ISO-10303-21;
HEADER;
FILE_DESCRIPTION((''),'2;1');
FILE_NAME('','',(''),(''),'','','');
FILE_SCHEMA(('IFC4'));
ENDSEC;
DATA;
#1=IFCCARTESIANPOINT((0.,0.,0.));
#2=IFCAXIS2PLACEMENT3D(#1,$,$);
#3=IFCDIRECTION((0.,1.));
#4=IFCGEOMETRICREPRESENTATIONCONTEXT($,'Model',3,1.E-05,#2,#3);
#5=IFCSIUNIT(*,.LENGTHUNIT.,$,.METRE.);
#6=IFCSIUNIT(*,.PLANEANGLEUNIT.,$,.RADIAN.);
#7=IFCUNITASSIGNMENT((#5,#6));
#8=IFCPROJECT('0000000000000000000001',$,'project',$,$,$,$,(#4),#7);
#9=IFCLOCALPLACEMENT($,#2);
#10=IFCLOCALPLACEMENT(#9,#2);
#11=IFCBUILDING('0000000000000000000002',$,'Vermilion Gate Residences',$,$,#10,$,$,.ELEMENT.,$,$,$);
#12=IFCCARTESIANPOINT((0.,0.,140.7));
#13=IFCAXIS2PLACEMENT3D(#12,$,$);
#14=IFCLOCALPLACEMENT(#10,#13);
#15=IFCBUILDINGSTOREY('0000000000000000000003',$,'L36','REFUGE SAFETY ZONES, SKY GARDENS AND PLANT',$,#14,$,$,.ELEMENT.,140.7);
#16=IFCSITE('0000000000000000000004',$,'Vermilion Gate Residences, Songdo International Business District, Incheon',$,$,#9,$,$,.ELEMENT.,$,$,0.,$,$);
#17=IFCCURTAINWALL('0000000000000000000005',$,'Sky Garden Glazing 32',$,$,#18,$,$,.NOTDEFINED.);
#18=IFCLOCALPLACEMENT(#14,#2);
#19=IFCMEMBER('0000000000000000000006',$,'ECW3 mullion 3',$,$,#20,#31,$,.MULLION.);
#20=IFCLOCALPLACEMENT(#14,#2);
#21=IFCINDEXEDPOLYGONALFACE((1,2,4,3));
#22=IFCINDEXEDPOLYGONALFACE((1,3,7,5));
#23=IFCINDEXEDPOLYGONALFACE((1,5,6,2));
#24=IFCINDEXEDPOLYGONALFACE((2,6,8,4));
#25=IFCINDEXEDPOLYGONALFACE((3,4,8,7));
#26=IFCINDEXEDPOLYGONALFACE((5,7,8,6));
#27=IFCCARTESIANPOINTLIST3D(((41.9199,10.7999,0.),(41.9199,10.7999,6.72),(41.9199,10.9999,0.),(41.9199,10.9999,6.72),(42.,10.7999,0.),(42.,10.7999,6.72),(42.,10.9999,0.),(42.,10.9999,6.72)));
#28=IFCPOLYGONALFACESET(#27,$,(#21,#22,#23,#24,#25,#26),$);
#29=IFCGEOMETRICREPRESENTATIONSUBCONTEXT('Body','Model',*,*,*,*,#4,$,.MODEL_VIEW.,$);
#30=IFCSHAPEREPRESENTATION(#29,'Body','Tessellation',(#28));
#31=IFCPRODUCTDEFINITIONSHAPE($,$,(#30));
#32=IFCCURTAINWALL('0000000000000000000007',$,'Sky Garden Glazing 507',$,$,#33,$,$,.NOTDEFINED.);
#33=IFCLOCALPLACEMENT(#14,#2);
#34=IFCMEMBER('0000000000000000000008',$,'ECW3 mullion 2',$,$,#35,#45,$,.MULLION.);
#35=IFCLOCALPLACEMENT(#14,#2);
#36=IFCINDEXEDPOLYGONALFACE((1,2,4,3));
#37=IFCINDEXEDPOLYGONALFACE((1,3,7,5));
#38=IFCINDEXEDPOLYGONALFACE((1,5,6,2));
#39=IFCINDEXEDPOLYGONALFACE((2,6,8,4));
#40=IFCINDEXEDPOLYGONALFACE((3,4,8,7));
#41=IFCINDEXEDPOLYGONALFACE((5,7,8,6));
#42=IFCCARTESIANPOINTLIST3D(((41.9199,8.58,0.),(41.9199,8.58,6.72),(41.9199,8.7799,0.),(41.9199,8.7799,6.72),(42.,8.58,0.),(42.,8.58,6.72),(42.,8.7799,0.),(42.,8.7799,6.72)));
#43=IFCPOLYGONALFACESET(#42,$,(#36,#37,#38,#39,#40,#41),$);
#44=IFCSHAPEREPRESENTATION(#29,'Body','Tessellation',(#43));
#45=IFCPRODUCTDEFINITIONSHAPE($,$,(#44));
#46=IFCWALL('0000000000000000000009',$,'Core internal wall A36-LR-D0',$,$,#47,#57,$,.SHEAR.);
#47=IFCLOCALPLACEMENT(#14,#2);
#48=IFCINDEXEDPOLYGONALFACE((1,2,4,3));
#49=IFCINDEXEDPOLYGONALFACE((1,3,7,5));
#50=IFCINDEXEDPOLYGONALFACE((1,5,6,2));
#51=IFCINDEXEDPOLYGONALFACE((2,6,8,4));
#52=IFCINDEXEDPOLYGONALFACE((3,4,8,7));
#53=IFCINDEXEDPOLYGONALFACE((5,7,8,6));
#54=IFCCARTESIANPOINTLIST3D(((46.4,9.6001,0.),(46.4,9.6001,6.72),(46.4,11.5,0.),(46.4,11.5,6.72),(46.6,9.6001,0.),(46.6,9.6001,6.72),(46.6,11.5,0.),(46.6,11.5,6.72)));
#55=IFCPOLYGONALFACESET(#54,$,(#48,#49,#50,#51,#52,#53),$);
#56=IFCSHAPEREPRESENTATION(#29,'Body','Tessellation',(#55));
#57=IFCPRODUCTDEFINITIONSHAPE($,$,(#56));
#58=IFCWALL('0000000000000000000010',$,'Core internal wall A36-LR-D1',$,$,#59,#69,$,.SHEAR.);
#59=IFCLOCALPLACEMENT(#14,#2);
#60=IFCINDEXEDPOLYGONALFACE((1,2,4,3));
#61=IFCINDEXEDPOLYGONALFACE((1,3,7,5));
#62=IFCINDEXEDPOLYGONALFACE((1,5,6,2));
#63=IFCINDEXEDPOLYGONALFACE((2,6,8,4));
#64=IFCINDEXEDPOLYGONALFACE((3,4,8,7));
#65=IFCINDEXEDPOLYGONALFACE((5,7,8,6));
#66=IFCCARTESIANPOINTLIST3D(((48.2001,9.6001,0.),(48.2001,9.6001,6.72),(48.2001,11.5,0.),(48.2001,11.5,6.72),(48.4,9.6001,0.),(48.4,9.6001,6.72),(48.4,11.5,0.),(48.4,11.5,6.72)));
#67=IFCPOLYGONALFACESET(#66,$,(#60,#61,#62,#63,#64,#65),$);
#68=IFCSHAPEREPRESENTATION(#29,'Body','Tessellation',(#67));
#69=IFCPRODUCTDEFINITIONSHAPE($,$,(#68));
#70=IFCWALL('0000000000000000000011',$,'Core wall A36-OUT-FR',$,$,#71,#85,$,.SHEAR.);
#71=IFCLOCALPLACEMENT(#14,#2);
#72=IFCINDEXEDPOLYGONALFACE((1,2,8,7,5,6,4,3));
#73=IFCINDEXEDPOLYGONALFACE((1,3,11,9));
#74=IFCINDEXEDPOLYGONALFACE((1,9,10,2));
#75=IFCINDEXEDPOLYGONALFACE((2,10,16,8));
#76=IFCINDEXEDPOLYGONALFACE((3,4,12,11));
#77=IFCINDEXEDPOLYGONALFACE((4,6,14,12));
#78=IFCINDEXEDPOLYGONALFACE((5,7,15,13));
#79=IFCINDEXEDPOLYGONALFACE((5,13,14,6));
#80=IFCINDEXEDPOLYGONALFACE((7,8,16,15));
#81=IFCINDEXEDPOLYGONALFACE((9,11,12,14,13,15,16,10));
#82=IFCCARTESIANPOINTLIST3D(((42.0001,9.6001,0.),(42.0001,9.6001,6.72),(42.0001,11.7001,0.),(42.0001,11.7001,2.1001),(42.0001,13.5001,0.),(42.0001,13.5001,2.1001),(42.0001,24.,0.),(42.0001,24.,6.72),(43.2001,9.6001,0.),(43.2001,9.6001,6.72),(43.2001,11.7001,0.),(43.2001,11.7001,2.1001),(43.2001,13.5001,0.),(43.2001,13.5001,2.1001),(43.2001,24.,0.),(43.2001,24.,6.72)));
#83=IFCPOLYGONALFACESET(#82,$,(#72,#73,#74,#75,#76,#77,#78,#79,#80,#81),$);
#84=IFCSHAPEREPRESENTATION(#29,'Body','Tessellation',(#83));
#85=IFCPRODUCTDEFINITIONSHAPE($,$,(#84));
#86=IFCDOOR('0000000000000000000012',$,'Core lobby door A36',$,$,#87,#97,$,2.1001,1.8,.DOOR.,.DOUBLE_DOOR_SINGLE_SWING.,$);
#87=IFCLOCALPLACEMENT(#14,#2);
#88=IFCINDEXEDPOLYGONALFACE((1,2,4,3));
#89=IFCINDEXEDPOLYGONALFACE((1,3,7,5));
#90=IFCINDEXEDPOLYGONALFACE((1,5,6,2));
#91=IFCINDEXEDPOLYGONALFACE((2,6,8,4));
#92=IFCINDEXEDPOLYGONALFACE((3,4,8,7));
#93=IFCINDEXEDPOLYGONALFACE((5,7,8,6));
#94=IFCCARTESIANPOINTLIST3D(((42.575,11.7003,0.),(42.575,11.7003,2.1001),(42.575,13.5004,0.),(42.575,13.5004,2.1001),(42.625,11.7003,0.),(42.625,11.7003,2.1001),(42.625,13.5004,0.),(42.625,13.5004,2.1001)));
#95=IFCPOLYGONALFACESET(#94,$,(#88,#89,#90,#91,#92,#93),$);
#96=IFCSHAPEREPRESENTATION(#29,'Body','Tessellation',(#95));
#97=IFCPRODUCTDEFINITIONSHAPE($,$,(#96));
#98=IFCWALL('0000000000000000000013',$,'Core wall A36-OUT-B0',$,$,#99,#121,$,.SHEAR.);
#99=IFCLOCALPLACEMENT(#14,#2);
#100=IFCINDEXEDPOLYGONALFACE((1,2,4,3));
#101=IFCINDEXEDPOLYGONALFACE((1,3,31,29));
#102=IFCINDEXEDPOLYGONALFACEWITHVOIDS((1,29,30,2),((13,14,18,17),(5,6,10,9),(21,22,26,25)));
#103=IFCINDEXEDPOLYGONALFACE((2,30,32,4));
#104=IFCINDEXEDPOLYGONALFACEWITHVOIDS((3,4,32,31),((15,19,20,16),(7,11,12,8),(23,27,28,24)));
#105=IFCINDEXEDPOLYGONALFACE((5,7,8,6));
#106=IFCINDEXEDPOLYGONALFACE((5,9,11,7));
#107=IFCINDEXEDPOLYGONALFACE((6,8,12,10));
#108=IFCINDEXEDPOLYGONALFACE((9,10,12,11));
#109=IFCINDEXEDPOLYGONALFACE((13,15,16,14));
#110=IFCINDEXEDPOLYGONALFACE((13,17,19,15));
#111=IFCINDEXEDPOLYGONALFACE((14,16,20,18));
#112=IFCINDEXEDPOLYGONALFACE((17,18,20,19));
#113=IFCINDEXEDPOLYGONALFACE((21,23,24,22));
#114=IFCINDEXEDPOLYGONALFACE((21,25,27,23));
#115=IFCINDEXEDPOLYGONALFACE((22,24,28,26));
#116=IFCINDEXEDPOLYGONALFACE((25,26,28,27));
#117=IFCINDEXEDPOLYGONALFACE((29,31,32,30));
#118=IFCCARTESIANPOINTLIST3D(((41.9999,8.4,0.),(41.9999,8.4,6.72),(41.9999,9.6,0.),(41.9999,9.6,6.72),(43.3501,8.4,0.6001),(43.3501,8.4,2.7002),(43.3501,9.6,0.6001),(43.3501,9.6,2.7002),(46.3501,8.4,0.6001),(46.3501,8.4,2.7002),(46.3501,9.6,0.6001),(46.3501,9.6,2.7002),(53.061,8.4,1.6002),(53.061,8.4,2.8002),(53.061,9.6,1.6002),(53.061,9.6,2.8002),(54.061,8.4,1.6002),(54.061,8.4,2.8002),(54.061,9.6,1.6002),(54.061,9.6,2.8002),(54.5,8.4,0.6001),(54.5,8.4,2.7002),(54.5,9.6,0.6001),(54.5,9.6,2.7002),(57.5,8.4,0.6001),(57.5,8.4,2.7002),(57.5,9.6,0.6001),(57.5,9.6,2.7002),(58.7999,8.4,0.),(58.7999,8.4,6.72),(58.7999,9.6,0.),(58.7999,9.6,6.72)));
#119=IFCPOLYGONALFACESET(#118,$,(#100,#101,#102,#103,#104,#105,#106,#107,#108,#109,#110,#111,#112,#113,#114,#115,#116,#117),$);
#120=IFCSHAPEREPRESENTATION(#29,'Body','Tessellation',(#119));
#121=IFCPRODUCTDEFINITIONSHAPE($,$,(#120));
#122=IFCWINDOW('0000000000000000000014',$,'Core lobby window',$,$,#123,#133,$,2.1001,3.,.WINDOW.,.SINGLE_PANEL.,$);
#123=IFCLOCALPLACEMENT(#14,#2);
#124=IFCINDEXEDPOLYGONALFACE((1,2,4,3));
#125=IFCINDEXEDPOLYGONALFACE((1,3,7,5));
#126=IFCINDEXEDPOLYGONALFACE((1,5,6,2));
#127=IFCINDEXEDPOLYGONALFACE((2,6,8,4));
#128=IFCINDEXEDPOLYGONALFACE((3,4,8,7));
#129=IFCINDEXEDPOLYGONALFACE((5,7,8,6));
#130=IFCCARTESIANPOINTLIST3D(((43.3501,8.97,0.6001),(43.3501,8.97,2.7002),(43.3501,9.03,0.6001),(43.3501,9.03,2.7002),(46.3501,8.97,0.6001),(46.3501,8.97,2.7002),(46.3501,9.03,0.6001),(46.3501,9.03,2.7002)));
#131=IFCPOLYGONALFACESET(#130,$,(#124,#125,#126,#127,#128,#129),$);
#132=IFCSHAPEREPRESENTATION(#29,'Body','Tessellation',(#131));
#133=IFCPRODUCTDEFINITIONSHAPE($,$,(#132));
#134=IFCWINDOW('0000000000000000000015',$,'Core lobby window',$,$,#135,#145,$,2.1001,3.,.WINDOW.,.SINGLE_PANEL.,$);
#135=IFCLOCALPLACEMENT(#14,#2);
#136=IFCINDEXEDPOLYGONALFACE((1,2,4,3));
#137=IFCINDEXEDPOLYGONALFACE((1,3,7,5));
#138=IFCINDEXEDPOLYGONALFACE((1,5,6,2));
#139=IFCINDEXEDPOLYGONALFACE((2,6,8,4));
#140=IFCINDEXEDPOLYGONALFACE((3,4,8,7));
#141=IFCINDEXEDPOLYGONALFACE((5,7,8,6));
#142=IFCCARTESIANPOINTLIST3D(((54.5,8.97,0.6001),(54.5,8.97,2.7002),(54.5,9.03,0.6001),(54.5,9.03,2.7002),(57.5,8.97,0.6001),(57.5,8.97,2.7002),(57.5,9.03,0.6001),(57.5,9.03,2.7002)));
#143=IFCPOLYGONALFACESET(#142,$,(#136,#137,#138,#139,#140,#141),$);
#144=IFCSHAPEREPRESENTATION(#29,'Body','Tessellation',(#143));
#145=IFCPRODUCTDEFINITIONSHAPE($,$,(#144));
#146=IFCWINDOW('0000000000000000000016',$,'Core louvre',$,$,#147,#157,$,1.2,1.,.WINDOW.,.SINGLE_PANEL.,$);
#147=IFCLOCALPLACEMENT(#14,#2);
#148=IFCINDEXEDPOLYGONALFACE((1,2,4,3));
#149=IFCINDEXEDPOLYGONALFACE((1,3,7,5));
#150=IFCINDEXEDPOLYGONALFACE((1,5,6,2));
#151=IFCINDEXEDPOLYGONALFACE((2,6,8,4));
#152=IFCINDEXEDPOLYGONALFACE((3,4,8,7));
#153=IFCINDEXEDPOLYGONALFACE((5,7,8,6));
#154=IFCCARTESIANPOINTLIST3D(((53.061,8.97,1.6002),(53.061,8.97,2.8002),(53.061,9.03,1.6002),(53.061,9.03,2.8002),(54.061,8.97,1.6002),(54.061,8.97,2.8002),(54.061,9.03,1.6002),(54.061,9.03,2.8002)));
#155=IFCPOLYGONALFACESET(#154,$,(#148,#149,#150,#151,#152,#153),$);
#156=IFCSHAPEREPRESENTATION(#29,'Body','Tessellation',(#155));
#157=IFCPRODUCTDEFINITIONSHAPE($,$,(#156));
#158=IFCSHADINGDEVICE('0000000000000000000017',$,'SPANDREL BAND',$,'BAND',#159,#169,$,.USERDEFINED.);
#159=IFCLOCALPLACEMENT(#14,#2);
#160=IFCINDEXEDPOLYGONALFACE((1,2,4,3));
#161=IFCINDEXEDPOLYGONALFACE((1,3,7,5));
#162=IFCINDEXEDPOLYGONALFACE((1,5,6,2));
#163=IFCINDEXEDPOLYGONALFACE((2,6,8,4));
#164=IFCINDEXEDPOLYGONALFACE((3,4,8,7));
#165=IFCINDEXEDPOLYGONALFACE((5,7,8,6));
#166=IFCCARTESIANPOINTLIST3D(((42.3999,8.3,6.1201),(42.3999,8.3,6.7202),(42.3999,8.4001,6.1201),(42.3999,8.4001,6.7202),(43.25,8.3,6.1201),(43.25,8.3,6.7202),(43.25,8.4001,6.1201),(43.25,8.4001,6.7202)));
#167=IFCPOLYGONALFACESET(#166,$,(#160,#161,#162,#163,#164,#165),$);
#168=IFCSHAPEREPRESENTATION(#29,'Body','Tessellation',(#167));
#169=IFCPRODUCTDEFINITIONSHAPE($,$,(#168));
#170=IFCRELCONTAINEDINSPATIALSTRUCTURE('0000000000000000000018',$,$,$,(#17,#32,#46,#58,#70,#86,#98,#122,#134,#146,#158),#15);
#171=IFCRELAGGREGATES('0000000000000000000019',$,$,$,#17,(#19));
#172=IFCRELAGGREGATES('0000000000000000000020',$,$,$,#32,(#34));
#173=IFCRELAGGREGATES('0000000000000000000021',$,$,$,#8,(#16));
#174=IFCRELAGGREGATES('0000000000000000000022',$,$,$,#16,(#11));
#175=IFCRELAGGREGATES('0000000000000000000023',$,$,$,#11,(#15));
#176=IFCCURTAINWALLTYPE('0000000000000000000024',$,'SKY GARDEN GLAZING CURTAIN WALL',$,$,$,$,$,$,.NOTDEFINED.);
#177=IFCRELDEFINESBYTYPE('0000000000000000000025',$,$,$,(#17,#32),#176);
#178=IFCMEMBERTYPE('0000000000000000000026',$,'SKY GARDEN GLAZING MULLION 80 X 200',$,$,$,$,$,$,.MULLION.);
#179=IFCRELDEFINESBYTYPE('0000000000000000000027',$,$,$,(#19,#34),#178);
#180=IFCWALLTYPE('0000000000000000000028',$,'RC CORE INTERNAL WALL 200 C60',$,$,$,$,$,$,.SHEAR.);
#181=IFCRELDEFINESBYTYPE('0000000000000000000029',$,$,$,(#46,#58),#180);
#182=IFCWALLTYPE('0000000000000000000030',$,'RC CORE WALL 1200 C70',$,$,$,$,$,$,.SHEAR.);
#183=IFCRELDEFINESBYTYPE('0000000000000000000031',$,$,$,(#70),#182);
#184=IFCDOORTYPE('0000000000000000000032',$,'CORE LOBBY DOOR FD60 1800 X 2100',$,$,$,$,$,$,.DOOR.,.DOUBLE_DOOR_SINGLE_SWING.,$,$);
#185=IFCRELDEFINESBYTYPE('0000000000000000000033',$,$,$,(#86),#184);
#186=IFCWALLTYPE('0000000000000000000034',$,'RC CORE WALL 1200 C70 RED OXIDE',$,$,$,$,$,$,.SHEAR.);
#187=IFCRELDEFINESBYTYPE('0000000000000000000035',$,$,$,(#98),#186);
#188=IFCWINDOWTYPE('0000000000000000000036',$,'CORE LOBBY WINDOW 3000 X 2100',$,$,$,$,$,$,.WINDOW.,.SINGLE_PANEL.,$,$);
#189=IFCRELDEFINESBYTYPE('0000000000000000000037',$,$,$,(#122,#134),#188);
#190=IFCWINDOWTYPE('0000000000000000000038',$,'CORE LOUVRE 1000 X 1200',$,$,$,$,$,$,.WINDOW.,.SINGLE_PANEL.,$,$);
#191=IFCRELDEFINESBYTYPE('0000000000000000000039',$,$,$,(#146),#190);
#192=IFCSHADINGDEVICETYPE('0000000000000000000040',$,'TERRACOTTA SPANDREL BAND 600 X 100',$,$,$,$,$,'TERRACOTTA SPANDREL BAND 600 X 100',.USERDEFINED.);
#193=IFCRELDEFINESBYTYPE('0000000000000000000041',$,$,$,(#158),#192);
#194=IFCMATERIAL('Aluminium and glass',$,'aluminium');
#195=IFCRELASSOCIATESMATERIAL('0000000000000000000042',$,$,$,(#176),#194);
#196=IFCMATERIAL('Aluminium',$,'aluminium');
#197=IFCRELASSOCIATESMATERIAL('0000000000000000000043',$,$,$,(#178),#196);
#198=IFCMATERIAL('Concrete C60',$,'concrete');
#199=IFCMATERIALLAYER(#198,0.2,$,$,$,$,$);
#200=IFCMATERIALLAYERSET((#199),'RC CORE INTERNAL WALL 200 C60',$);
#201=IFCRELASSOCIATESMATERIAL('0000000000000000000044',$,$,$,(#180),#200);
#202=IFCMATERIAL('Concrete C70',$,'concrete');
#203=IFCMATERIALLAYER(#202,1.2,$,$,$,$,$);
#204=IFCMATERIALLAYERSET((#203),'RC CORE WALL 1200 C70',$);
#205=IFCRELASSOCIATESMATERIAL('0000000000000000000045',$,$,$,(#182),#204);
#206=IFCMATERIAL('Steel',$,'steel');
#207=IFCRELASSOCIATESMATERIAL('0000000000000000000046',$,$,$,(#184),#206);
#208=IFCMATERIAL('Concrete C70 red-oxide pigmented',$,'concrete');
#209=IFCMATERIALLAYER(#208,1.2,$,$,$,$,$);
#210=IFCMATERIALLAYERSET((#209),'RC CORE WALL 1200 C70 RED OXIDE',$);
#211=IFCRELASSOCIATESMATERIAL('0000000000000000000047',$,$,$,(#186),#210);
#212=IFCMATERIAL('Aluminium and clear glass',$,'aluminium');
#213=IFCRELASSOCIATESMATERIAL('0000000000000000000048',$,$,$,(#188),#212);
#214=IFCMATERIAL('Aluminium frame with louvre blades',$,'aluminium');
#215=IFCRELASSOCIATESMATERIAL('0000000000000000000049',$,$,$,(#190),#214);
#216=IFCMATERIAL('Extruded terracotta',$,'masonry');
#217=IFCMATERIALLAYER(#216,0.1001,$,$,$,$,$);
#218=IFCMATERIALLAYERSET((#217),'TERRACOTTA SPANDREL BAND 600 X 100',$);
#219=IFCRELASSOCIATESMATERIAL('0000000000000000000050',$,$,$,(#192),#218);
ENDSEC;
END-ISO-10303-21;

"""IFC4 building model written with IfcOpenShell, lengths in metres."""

from ifc_helpers import new_model, si_unit, direction, frame, frame_2d, origin, origin_2d, place, context, subcontext, project, spatial, rectangle, extrude, material, layer, layer_set, material_profile, profile_set, type_object, element, fill, aggregate, save


model = new_model("IFC4")

# Units and contexts
model_context = context("Model", 3, precision=1e-05, world=origin(), true_north=direction((0.0, 1.0)))
body_context = subcontext(model_context, "Body", "Model", "MODEL_VIEW")
ifc_project = project(units=[si_unit("LENGTHUNIT", "METRE"), si_unit("PLANEANGLEUNIT", "RADIAN")], contexts=[model_context])

# Site, building, storey
site_placement = place(None, origin())
site = spatial("IfcSite", under=ifc_project, at=site_placement, Name="Vermilion Gate Residences, Songdo International Business District, Incheon", CompositionType="ELEMENT", RefElevation=0.0)
building_placement = place(site_placement, origin())
building = spatial("IfcBuilding", under=site, at=building_placement, Name="Vermilion Gate Residences", CompositionType="ELEMENT")
storey_placement = place(building_placement, frame((0.0, 0.0, 140.7)))
storey = spatial("IfcBuildingStorey", under=building, at=storey_placement, Name="L36", Description="REFUGE SAFETY ZONES, SKY GARDENS AND PLANT", CompositionType="ELEMENT", Elevation=140.7)

# Curtain walls, members
ifc_material_1 = material(Name="Aluminium and glass", Category="aluminium")
curtain_wall_type = type_object("IfcCurtainWallType", Name="SKY GARDEN GLAZING CURTAIN WALL", PredefinedType="NOTDEFINED", material=ifc_material_1)
curtain_wall_1_placement = place(storey_placement, origin())
curtain_wall_1 = element("IfcCurtainWall", 1, at=curtain_wall_1_placement, inside=storey, type_object=curtain_wall_type, Name="Sky Garden Glazing 32", PredefinedType="NOTDEFINED")
ifc_material_2 = material(Name="Aluminium", Category="aluminium")
ifc_material_profile = material_profile(ifc_material_2, rectangle(XDim=0.2, YDim=0.0801, at=origin_2d()), Name="MULLION 80 X 200")
ifc_profile_set = profile_set([ifc_material_profile], Name="Aluminium")
member_type = type_object("IfcMemberType", Name="SKY GARDEN GLAZING MULLION 80 X 200", PredefinedType="MULLION", material=ifc_profile_set)
member_1_placement = place(storey_placement, frame((41.96, 10.8999, 0.0), z_axis=(0.0, 0.0, 1.0), x_axis=(0.0, 1.0, 0.0)))
member_1 = element("IfcMember", 2, at=member_1_placement, type_object=member_type, Name="ECW3 mullion 3", PredefinedType="MULLION", context=body_context, shape_type="SweptSolid", body=[
    extrude(rectangle(XDim=0.2, YDim=0.0801, at=origin_2d()), origin(), (0.0, 0.0, 1.0), 6.72),
])
aggregate(curtain_wall_1, [member_1])
curtain_wall_2_placement = place(storey_placement, origin())
curtain_wall_2 = element("IfcCurtainWall", 3, at=curtain_wall_2_placement, inside=storey, type_object=curtain_wall_type, Name="Sky Garden Glazing 507", PredefinedType="NOTDEFINED")
member_2_placement = place(storey_placement, frame((41.96, 8.6799, 0.0), z_axis=(0.0, 0.0, 1.0), x_axis=(0.0, 1.0, 0.0)))
member_2 = element("IfcMember", 4, at=member_2_placement, type_object=member_type, Name="ECW3 mullion 2", PredefinedType="MULLION", context=body_context, shape_type="SweptSolid", body=[
    extrude(rectangle(XDim=0.2, YDim=0.0801, at=origin_2d()), origin(), (0.0, 0.0, 1.0), 6.72),
])
aggregate(curtain_wall_2, [member_2])

# Walls
ifc_material_3 = material(Name="Concrete C60", Category="concrete")
ifc_layer_1 = layer(ifc_material_3, 0.2)
ifc_layer_set_1 = layer_set([ifc_layer_1], Name="RC CORE INTERNAL WALL 200 C60")
wall_type_1 = type_object("IfcWallType", Name="RC CORE INTERNAL WALL 200 C60", PredefinedType="SHEAR", material=ifc_layer_set_1)
for number, where, z_axis, x_axis, name in (
    (5, (46.5, 9.6001, 0.0), (0.0, 0.0, 1.0), (0.0, 1.0, 0.0), "Core internal wall A36-LR-D0"),
    (6, (48.3, 9.6001, 0.0), (0.0, 0.0, 1.0), (0.0, 1.0, 0.0), "Core internal wall A36-LR-D1"),
):
    element("IfcWall", number, at=place(storey_placement, frame(where, z_axis=z_axis, x_axis=x_axis)), inside=storey, type_object=wall_type_1, Name=name, PredefinedType="SHEAR", context=body_context, shape_type="SweptSolid", body=[
        extrude(rectangle(XDim=1.8999, YDim=0.2, at=frame_2d((0.95, 0.0))), origin(), (0.0, 0.0, 1.0), 6.72),
    ])

# Wall, opening, door
ifc_material_4 = material(Name="Concrete C70", Category="concrete")
ifc_layer_2 = layer(ifc_material_4, 1.2)
ifc_layer_set_2 = layer_set([ifc_layer_2], Name="RC CORE WALL 1200 C70")
wall_type_2 = type_object("IfcWallType", Name="RC CORE WALL 1200 C70", PredefinedType="SHEAR", material=ifc_layer_set_2)
wall_1_placement = place(storey_placement, frame((42.6001, 9.6001, 0.0), z_axis=(0.0, 0.0, 1.0), x_axis=(0.0, 1.0, 0.0)))
wall_1 = element("IfcWall", 7, at=wall_1_placement, inside=storey, type_object=wall_type_2, Name="Core wall A36-OUT-FR", PredefinedType="SHEAR", context=body_context, shape_type="SweptSolid", body=[
    extrude(rectangle(XDim=14.3999, YDim=1.2, at=frame_2d((7.2, 0.0))), origin(), (0.0, 0.0, 1.0), 6.72),
])
opening_1_placement = place(wall_1_placement, frame((2.1001, 0.0, 0.0)))
opening_1 = element("IfcOpeningElement", 8, at=opening_1_placement, cuts=wall_1, PredefinedType="OPENING", context=body_context, shape_type="SweptSolid", body=[
    extrude(rectangle(XDim=1.8, YDim=2.1001, at=frame_2d((0.8999, 1.05))), frame((0.0, 0.6099, 0.0), z_axis=(0.0, -1.0, 0.0), x_axis=(1.0, 0.0, 0.0)), (0.0, 0.0, 1.0), 1.22),
])
ifc_material_5 = material(Name="Steel", Category="steel")
door_type = type_object("IfcDoorType", Name="CORE LOBBY DOOR FD60 1800 X 2100", OperationType="DOUBLE_DOOR_SINGLE_SWING", PredefinedType="DOOR", material=ifc_material_5)
door_placement = place(opening_1_placement, frame((1.8, 0.0, 0.0), z_axis=(0.0, 0.0, 1.0), x_axis=(-1.0, 0.0, 0.0)))
door = element("IfcDoor", 9, at=door_placement, inside=storey, type_object=door_type, Name="Core lobby door A36", OperationType="DOUBLE_DOOR_SINGLE_SWING", OverallHeight=2.1001, OverallWidth=1.8, PredefinedType="DOOR", context=body_context, shape_type="SweptSolid", body=[
    extrude(rectangle(XDim=1.8, YDim=2.1001, at=frame_2d((0.8999, 1.05))), frame((0.0, 0.0249, 0.0), z_axis=(0.0, -1.0, 0.0), x_axis=(1.0, 0.0, 0.0)), (0.0, 0.0, 1.0), 0.05),
])
fill(opening_1, door)

# Wall, openings, windows
ifc_material_6 = material(Name="Concrete C70 red-oxide pigmented", Category="concrete")
ifc_layer_3 = layer(ifc_material_6, 1.2)
ifc_layer_set_3 = layer_set([ifc_layer_3], Name="RC CORE WALL 1200 C70 RED OXIDE")
wall_type_3 = type_object("IfcWallType", Name="RC CORE WALL 1200 C70 RED OXIDE", PredefinedType="SHEAR", material=ifc_layer_set_3)
wall_2_placement = place(storey_placement, frame((42.0, 9.0, 0.0), z_axis=(0.0, 0.0, 1.0), x_axis=(1.0, 0.0, 0.0)))
wall_2 = element("IfcWall", 10, at=wall_2_placement, inside=storey, type_object=wall_type_3, Name="Core wall A36-OUT-B0", PredefinedType="SHEAR", context=body_context, shape_type="SweptSolid", body=[
    extrude(rectangle(XDim=16.8, YDim=1.2, at=frame_2d((8.3999, 0.0))), origin(), (0.0, 0.0, 1.0), 6.72),
])
opening_2_placement = place(wall_2_placement, frame((1.3501, 0.0, 0.6001)))
opening_2 = element("IfcOpeningElement", 11, at=opening_2_placement, cuts=wall_2, PredefinedType="OPENING", context=body_context, shape_type="SweptSolid", body=[
    extrude(rectangle(XDim=3.0, YDim=2.1001, at=frame_2d((1.5, 1.05))), frame((0.0, 0.6099, 0.0), z_axis=(0.0, -1.0, 0.0), x_axis=(1.0, 0.0, 0.0)), (0.0, 0.0, 1.0), 1.22),
])
opening_3_placement = place(wall_2_placement, frame((11.061, 0.0, 1.6001)))
opening_3 = element("IfcOpeningElement", 12, at=opening_3_placement, cuts=wall_2, PredefinedType="OPENING", context=body_context, shape_type="SweptSolid", body=[
    extrude(rectangle(XDim=1.0, YDim=1.2, at=frame_2d((0.5, 0.6001))), frame((0.0, 0.6099, 0.0), z_axis=(0.0, -1.0, 0.0), x_axis=(1.0, 0.0, 0.0)), (0.0, 0.0, 1.0), 1.22),
])
opening_4_placement = place(wall_2_placement, frame((12.5, 0.0, 0.6001)))
opening_4 = element("IfcOpeningElement", 13, at=opening_4_placement, cuts=wall_2, PredefinedType="OPENING", context=body_context, shape_type="SweptSolid", body=[
    extrude(rectangle(XDim=3.0, YDim=2.1001, at=frame_2d((1.5, 1.05))), frame((0.0, 0.6099, 0.0), z_axis=(0.0, -1.0, 0.0), x_axis=(1.0, 0.0, 0.0)), (0.0, 0.0, 1.0), 1.22),
])
ifc_material_7 = material(Name="Aluminium and clear glass", Category="aluminium")
window_type_1 = type_object("IfcWindowType", Name="CORE LOBBY WINDOW 3000 X 2100", PartitioningType="SINGLE_PANEL", PredefinedType="WINDOW", material=ifc_material_7)
window_1_placement = place(opening_2_placement, origin())
window_1 = element("IfcWindow", 14, at=window_1_placement, inside=storey, type_object=window_type_1, Name="Core lobby window", OverallHeight=2.1001, OverallWidth=3.0, PartitioningType="SINGLE_PANEL", PredefinedType="WINDOW", context=body_context, shape_type="SweptSolid", body=[
    extrude(rectangle(XDim=3.0, YDim=2.1001, at=frame_2d((1.5, 1.05))), frame((0.0, 0.03, 0.0), z_axis=(0.0, -1.0, 0.0), x_axis=(1.0, 0.0, 0.0)), (0.0, 0.0, 1.0), 0.0601),
])
fill(opening_2, window_1)
window_2_placement = place(opening_4_placement, origin())
window_2 = element("IfcWindow", 15, at=window_2_placement, inside=storey, type_object=window_type_1, Name="Core lobby window", OverallHeight=2.1001, OverallWidth=3.0, PartitioningType="SINGLE_PANEL", PredefinedType="WINDOW", context=body_context, shape_type="SweptSolid", body=[
    extrude(rectangle(XDim=3.0, YDim=2.1001, at=frame_2d((1.5, 1.05))), frame((0.0, 0.03, 0.0), z_axis=(0.0, -1.0, 0.0), x_axis=(1.0, 0.0, 0.0)), (0.0, 0.0, 1.0), 0.0601),
])
fill(opening_4, window_2)
ifc_material_8 = material(Name="Aluminium frame with louvre blades", Category="aluminium")
window_type_2 = type_object("IfcWindowType", Name="CORE LOUVRE 1000 X 1200", PartitioningType="SINGLE_PANEL", PredefinedType="WINDOW", material=ifc_material_8)
window_3_placement = place(opening_3_placement, origin())
window_3 = element("IfcWindow", 16, at=window_3_placement, inside=storey, type_object=window_type_2, Name="Core louvre", OverallHeight=1.2, OverallWidth=1.0, PartitioningType="SINGLE_PANEL", PredefinedType="WINDOW", context=body_context, shape_type="SweptSolid", body=[
    extrude(rectangle(XDim=1.0, YDim=1.2, at=frame_2d((0.5, 0.6001))), frame((0.0, 0.03, 0.0), z_axis=(0.0, -1.0, 0.0), x_axis=(1.0, 0.0, 0.0)), (0.0, 0.0, 1.0), 0.0601),
])
fill(opening_3, window_3)

# Shading device
ifc_material_9 = material(Name="Extruded terracotta", Category="masonry")
ifc_layer_4 = layer(ifc_material_9, 0.1001)
ifc_layer_set_4 = layer_set([ifc_layer_4], Name="TERRACOTTA SPANDREL BAND 600 X 100")
shading_device_type = type_object("IfcShadingDeviceType", Name="TERRACOTTA SPANDREL BAND 600 X 100", ElementType="TERRACOTTA SPANDREL BAND 600 X 100", PredefinedType="USERDEFINED", material=ifc_layer_set_4)
shading_device_1_placement = place(storey_placement, frame((42.825, 8.3501, 6.1201), z_axis=(0.0, 0.0, 1.0), x_axis=(1.0, 0.0, 0.0)))
element("IfcShadingDevice", 17, at=shading_device_1_placement, inside=storey, type_object=shading_device_type, Name="SPANDREL BAND", ObjectType="BAND", PredefinedType="USERDEFINED", context=body_context, shape_type="SweptSolid", body=[
    extrude(rectangle(XDim=0.8501, YDim=0.1001, at=origin_2d()), origin(), (0.0, 0.0, 1.0), 0.6001),
])

save(model, "model.ifc")
